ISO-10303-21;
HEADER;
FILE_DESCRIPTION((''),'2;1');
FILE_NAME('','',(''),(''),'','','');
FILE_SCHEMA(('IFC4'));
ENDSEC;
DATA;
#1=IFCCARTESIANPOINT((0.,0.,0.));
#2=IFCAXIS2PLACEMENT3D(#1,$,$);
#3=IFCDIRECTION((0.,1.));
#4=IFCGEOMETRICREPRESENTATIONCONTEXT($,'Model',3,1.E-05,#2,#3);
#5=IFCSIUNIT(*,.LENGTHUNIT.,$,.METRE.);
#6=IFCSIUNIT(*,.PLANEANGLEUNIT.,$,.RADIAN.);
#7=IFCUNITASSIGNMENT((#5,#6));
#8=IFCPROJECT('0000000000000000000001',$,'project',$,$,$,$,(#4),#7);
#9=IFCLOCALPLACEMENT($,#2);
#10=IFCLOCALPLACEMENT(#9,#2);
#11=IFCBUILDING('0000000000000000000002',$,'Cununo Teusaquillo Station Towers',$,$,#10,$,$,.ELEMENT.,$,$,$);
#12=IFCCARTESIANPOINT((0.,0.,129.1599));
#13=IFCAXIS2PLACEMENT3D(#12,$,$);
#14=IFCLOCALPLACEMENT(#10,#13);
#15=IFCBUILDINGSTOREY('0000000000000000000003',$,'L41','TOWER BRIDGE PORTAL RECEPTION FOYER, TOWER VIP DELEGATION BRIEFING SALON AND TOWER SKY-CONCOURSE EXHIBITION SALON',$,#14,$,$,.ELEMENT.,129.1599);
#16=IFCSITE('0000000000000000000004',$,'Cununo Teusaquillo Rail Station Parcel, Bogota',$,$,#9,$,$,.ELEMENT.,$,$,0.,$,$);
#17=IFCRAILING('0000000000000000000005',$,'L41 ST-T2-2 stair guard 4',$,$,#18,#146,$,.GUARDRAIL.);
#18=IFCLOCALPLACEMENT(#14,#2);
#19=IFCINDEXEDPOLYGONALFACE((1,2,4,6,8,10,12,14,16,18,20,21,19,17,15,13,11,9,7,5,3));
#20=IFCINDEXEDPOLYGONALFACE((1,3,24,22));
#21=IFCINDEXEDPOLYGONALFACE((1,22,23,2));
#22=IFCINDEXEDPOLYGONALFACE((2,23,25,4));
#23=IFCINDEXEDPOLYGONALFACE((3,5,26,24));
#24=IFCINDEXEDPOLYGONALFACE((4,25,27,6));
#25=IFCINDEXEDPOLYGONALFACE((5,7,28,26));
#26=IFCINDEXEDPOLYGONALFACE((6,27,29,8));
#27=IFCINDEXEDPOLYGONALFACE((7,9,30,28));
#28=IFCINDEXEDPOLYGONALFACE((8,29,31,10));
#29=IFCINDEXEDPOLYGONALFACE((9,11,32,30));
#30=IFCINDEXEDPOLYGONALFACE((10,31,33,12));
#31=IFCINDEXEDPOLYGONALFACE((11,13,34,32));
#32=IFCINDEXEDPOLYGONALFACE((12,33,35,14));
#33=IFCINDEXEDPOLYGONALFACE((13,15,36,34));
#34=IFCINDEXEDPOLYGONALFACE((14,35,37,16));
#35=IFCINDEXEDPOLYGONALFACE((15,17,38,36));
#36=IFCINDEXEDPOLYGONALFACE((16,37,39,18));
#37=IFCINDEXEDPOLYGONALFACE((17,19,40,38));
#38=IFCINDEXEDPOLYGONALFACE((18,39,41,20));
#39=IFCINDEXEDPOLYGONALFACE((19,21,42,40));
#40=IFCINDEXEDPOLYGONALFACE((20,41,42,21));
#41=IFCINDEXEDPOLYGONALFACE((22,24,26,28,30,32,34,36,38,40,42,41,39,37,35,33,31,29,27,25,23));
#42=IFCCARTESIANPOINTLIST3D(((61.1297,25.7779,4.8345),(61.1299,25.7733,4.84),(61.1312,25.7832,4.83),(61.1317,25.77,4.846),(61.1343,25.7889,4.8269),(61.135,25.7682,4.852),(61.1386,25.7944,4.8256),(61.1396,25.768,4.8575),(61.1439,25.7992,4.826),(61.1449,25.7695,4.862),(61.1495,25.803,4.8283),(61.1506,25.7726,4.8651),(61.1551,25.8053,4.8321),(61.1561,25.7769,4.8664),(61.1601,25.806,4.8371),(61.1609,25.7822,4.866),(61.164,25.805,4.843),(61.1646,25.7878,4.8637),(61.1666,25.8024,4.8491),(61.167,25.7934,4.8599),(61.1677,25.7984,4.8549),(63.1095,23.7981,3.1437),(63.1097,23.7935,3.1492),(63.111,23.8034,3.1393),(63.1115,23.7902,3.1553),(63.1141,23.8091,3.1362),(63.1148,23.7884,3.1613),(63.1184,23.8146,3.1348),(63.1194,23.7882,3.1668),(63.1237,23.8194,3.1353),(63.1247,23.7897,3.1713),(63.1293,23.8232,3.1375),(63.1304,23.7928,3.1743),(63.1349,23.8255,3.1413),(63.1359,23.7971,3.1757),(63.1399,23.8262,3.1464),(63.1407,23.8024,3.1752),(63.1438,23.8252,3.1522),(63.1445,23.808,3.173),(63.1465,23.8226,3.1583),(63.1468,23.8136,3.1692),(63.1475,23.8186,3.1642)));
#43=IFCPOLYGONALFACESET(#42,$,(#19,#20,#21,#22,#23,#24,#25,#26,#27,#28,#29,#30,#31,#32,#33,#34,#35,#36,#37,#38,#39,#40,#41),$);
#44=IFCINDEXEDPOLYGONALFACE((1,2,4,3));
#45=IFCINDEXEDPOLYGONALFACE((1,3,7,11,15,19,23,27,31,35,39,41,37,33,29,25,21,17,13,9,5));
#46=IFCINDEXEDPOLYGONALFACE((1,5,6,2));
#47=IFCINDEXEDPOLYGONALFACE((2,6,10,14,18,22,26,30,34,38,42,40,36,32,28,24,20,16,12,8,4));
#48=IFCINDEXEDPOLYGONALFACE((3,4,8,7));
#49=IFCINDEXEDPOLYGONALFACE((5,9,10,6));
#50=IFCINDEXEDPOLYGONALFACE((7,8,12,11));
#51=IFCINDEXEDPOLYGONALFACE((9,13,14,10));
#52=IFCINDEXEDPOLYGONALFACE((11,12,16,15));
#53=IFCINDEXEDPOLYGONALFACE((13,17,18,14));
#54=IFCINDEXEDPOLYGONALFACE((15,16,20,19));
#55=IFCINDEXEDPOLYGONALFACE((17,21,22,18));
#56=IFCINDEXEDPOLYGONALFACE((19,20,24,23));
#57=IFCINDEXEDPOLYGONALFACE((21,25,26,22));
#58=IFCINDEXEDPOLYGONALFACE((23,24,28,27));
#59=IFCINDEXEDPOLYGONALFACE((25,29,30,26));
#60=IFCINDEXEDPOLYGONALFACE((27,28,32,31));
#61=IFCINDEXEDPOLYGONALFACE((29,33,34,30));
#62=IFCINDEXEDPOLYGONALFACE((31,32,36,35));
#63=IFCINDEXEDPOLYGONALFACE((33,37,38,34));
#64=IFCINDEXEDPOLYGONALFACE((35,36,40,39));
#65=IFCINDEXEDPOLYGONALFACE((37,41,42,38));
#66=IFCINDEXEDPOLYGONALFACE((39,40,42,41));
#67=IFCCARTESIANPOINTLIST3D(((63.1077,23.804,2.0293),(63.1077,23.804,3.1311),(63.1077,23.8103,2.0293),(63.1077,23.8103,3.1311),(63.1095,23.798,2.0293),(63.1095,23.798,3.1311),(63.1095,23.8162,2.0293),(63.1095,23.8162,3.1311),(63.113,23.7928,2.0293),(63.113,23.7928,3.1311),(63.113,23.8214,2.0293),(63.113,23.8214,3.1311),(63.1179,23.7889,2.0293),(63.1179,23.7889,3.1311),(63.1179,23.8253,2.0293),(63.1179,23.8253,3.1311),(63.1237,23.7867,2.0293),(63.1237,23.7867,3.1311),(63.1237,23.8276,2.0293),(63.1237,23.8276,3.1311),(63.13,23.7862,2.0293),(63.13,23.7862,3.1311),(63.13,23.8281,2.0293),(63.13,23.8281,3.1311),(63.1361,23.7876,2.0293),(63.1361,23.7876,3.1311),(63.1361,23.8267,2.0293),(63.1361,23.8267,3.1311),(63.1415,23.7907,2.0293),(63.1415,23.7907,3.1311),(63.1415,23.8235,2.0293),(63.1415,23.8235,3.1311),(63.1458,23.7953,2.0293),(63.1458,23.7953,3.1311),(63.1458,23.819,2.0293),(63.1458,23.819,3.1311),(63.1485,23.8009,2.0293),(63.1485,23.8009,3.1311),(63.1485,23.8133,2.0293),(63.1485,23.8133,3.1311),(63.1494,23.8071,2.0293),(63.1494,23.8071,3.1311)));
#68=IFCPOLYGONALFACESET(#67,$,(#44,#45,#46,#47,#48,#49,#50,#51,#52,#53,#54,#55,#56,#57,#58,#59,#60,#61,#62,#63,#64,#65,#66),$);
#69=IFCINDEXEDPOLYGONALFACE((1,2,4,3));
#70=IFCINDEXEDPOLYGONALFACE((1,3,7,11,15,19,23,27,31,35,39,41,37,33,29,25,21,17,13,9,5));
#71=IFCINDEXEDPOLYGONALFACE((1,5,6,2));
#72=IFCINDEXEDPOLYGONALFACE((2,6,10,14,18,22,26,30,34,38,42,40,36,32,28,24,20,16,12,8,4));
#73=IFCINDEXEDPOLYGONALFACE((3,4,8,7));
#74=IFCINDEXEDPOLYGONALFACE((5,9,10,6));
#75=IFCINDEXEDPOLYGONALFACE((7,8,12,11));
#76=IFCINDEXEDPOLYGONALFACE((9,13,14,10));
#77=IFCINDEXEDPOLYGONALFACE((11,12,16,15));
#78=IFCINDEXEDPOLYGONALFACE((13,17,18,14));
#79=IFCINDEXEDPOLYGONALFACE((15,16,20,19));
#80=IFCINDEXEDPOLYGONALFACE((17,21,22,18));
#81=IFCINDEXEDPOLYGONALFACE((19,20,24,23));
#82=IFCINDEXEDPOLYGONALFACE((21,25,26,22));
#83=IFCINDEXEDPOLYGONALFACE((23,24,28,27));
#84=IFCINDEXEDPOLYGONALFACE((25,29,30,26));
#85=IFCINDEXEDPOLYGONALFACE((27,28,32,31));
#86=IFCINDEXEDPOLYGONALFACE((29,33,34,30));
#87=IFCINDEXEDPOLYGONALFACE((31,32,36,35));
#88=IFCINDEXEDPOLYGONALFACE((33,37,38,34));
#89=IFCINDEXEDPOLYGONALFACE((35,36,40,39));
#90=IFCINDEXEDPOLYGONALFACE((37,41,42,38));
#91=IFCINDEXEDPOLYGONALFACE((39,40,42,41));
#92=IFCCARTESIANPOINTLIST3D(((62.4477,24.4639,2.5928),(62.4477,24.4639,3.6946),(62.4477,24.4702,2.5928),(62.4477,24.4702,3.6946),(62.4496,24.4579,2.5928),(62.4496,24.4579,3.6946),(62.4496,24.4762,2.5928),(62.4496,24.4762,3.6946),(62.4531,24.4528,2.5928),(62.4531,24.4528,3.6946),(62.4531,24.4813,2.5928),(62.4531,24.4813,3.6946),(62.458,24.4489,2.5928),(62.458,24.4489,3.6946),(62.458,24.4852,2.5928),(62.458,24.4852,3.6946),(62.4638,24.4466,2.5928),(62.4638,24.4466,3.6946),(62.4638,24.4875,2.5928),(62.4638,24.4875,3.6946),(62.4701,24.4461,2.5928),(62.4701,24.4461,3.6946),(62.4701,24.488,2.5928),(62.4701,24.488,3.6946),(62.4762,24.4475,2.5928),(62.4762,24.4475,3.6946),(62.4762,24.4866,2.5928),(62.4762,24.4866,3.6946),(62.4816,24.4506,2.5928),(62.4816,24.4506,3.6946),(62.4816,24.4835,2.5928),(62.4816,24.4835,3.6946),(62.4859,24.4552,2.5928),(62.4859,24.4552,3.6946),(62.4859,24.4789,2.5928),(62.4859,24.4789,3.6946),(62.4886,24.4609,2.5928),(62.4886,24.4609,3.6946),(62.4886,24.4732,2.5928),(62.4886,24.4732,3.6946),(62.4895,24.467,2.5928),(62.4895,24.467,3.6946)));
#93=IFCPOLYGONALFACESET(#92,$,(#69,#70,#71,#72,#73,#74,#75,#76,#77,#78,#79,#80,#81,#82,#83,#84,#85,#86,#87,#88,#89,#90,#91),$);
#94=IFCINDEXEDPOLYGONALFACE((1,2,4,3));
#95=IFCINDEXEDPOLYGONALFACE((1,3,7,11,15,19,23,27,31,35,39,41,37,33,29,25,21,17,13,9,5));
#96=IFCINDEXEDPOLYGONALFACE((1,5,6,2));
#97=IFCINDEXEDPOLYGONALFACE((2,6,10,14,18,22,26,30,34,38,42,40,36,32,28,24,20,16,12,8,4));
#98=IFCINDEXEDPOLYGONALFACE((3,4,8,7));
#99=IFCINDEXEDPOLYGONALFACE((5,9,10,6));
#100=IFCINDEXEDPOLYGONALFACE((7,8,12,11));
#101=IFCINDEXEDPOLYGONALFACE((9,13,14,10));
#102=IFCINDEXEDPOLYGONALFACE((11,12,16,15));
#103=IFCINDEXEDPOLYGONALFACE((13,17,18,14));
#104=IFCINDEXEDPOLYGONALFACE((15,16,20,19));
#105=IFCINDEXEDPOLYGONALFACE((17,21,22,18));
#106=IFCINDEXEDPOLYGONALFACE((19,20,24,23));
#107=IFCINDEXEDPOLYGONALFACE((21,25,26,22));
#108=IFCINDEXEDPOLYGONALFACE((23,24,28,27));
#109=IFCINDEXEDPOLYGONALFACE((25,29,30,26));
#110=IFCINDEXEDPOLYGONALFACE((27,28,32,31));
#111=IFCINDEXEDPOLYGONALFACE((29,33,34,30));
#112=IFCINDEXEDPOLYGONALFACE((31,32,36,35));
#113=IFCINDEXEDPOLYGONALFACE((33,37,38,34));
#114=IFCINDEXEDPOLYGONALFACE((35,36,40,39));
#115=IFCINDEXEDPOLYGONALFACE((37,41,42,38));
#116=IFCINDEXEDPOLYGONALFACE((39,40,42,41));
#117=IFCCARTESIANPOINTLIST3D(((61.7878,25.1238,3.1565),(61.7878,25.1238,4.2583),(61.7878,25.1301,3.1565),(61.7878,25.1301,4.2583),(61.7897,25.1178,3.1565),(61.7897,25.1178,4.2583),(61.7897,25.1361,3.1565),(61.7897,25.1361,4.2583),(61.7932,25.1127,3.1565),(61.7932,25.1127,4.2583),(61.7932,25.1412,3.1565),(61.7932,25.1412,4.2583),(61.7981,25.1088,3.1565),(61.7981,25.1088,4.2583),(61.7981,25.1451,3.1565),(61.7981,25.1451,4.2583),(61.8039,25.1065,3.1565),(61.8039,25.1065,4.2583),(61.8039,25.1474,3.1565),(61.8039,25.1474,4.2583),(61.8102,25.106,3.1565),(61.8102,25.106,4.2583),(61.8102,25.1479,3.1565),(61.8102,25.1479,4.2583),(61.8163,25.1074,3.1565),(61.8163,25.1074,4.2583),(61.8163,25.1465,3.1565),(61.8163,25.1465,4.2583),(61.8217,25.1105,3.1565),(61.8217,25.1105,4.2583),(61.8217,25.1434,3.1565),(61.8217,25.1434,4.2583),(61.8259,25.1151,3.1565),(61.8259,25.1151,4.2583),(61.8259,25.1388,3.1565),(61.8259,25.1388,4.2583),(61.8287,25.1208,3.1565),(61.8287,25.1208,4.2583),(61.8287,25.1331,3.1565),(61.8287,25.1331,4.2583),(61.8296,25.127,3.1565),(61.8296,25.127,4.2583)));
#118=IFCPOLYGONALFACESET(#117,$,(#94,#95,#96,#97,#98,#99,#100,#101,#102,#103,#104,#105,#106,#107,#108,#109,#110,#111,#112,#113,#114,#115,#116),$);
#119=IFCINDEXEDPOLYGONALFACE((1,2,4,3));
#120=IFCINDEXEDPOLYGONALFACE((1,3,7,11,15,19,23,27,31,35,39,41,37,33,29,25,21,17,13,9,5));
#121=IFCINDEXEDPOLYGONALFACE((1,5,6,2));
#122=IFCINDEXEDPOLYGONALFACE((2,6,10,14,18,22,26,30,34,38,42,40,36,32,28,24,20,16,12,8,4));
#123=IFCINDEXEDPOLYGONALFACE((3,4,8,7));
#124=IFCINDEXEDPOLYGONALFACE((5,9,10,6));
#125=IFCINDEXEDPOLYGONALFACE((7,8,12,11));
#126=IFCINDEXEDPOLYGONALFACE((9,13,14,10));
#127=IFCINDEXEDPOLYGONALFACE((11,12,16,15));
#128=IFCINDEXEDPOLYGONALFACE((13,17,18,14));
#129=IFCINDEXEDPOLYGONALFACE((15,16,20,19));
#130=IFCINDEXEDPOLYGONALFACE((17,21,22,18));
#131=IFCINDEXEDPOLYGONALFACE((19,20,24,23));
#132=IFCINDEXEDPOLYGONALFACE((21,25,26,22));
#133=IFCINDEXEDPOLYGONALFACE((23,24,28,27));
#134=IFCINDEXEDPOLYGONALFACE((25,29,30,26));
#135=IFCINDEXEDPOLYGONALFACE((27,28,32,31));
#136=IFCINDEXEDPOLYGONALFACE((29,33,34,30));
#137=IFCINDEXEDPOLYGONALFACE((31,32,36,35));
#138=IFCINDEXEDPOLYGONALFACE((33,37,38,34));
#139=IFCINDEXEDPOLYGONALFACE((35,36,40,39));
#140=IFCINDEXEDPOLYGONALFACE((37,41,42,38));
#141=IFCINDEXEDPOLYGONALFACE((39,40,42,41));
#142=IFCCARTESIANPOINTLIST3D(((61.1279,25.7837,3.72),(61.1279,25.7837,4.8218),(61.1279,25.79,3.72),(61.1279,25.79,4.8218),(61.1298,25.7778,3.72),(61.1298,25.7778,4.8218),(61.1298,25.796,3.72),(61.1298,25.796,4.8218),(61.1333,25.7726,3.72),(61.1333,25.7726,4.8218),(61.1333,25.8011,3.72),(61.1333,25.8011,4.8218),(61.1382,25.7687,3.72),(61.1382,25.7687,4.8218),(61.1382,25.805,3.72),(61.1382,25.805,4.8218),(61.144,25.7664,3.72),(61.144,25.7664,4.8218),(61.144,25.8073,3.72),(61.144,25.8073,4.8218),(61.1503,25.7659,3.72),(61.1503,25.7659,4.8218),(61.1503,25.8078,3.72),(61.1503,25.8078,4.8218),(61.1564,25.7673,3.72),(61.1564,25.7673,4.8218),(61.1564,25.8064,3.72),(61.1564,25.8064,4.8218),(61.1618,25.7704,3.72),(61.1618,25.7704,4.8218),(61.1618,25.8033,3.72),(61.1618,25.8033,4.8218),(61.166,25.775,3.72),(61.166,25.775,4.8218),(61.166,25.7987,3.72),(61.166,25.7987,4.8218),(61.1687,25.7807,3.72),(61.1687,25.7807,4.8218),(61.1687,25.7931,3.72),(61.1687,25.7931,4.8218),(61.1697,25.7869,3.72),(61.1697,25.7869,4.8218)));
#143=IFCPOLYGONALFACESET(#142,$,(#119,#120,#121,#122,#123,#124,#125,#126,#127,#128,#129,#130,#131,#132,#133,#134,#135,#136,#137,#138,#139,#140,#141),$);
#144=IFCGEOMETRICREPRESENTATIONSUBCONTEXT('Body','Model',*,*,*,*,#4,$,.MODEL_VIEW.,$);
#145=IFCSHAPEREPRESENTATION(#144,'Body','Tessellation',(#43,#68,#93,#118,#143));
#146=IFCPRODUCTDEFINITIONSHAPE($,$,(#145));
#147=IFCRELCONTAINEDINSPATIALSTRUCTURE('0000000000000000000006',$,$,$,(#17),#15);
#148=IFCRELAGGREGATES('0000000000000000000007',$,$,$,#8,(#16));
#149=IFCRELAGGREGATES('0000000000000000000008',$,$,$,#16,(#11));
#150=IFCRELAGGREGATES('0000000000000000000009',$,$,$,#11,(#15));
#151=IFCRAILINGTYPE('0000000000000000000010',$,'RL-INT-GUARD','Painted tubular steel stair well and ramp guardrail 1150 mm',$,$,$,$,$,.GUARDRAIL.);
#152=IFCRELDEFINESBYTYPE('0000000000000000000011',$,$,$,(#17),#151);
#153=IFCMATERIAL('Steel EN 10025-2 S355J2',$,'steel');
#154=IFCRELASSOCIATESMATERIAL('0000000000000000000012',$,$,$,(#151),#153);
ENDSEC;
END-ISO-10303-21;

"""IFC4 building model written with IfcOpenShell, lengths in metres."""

from ifc_helpers import new_model, si_unit, direction, frame, origin, origin_2d, place, context, subcontext, project, spatial, circle, extrude, material, type_object, element, save


model = new_model("IFC4")

# Units and contexts
model_context = context("Model", 3, precision=1e-05, world=origin(), true_north=direction((0.0, 1.0)))
body_context = subcontext(model_context, "Body", "Model", "MODEL_VIEW")
ifc_project = project(units=[si_unit("LENGTHUNIT", "METRE"), si_unit("PLANEANGLEUNIT", "RADIAN")], contexts=[model_context])

# Site, building, storey
site_placement = place(None, origin())
site = spatial("IfcSite", under=ifc_project, at=site_placement, Name="Cununo Teusaquillo Rail Station Parcel, Bogota", CompositionType="ELEMENT", RefElevation=0.0)
building_placement = place(site_placement, origin())
building = spatial("IfcBuilding", under=site, at=building_placement, Name="Cununo Teusaquillo Station Towers", CompositionType="ELEMENT")
storey_placement = place(building_placement, frame((0.0, 0.0, 129.1599)))
storey = spatial("IfcBuildingStorey", under=building, at=storey_placement, Name="L41", Description="TOWER BRIDGE PORTAL RECEPTION FOYER, TOWER VIP DELEGATION BRIEFING SALON AND TOWER SKY-CONCOURSE EXHIBITION SALON", CompositionType="ELEMENT", Elevation=129.1599)

# Railing
ifc_material_1 = material(Name="Steel EN 10025-2 S355J2", Category="steel")
railing_type_1 = type_object("IfcRailingType", Name="RL-INT-GUARD", Description="Painted tubular steel stair well and ramp guardrail 1150 mm", PredefinedType="GUARDRAIL", material=ifc_material_1)
railing_1_placement = place(storey_placement, frame((63.1284, 23.8071, 2.0293)))
element("IfcRailing", 1, at=railing_1_placement, inside=storey, type_object=railing_type_1, Name="L41 ST-T2-2 stair guard 4", PredefinedType="GUARDRAIL", context=body_context, shape_type="SweptSolid", body=[
    extrude(circle(Radius=0.0239, at=origin_2d()), frame((0.0, 0.0, 1.126), z_axis=(-0.605305, 0.605305, 0.516924), x_axis=(-0.707107, -0.707107, 0.0)), (0.0, 0.0, 1.0), 3.2708),
    extrude(circle(Radius=0.021, at=origin_2d()), origin(), (0.0, 0.0, 1.0), 1.1018),
    extrude(circle(Radius=0.021, at=origin_2d()), frame((-0.6599, 0.6599, 0.5635)), (0.0, 0.0, 1.0), 1.1018),
    extrude(circle(Radius=0.021, at=origin_2d()), frame((-1.3198, 1.3198, 1.1272)), (0.0, 0.0, 1.0), 1.1018),
    extrude(circle(Radius=0.021, at=origin_2d()), frame((-1.9797, 1.9797, 1.6907)), (0.0, 0.0, 1.0), 1.1018),
])

save(model, "model.ifc")
